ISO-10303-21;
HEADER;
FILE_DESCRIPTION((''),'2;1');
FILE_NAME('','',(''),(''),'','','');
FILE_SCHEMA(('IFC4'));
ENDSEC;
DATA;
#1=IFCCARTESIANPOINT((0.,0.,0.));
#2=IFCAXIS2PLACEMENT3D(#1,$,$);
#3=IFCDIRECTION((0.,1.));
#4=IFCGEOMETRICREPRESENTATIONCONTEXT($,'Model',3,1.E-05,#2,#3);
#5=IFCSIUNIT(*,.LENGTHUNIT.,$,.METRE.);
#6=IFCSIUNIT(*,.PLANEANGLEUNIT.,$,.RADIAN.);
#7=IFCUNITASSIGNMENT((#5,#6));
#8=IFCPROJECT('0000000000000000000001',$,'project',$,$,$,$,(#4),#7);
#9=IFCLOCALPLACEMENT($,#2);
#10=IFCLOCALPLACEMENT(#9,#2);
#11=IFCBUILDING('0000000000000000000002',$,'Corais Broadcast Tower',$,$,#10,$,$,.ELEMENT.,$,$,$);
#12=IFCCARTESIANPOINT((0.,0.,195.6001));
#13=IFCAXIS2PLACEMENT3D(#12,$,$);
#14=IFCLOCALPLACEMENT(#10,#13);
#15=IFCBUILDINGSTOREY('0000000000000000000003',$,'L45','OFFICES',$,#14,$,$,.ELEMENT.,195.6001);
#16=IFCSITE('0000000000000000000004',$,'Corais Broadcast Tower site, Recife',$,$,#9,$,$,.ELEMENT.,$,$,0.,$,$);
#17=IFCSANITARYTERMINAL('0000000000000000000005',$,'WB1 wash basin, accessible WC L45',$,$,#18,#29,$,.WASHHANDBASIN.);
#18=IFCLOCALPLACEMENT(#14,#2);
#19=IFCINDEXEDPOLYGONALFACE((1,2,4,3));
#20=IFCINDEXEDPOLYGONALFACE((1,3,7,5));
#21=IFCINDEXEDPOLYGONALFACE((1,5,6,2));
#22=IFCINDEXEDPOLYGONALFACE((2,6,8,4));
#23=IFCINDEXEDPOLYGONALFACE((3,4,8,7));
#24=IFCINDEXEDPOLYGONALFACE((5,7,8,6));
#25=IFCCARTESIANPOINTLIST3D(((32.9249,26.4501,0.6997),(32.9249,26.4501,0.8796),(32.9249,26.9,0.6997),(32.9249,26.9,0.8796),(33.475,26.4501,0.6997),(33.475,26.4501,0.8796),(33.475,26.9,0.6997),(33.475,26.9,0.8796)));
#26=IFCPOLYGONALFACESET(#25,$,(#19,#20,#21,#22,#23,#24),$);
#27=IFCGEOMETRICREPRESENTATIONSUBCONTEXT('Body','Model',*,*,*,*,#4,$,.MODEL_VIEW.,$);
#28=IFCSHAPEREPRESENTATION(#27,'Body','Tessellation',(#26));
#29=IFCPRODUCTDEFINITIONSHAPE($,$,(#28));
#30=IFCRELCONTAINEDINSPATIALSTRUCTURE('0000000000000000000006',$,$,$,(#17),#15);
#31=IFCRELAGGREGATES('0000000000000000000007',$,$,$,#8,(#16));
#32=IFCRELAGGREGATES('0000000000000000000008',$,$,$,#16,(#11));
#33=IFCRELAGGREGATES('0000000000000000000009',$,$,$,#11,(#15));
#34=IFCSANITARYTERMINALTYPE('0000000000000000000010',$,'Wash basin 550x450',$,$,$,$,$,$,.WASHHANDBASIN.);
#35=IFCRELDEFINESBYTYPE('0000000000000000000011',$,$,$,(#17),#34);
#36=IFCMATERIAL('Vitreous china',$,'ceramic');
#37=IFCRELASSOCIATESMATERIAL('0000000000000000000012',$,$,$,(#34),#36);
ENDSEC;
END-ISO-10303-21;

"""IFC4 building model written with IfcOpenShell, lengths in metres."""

from ifc_helpers import new_model, si_unit, direction, frame, origin, origin_2d, place, context, subcontext, project, spatial, rectangle, extrude, material, type_object, element, save


model = new_model("IFC4")

# Units and contexts
model_context = context("Model", 3, precision=1e-05, world=origin(), true_north=direction((0.0, 1.0)))
body_context = subcontext(model_context, "Body", "Model", "MODEL_VIEW")
ifc_project = project(units=[si_unit("LENGTHUNIT", "METRE"), si_unit("PLANEANGLEUNIT", "RADIAN")], contexts=[model_context])

# Site, building, storey
site_placement = place(None, origin())
site = spatial("IfcSite", under=ifc_project, at=site_placement, Name="Corais Broadcast Tower site, Recife", CompositionType="ELEMENT", RefElevation=0.0)
building_placement = place(site_placement, origin())
building = spatial("IfcBuilding", under=site, at=building_placement, Name="Corais Broadcast Tower", CompositionType="ELEMENT")
storey_placement = place(building_placement, frame((0.0, 0.0, 195.6001)))
storey = spatial("IfcBuildingStorey", under=building, at=storey_placement, Name="L45", Description="OFFICES", CompositionType="ELEMENT", Elevation=195.6001)

# Sanitary terminal
ifc_material_1 = material(Name="Vitreous china", Category="ceramic")
sanitary_terminal_type_1 = type_object("IfcSanitaryTerminalType", Name="Wash basin 550x450", PredefinedType="WASHHANDBASIN", material=ifc_material_1)
sanitary_terminal_placement = place(storey_placement, frame((33.2, 26.675, 0.6997), z_axis=(0.0, 0.0, 1.0), x_axis=(1.0, 0.0, 0.0)))
element("IfcSanitaryTerminal", 1, at=sanitary_terminal_placement, inside=storey, type_object=sanitary_terminal_type_1, Name="WB1 wash basin, accessible WC L45", PredefinedType="WASHHANDBASIN", context=body_context, shape_type="SweptSolid", body=[
    extrude(rectangle(XDim=0.55, YDim=0.45, at=origin_2d()), origin(), (0.0, 0.0, 1.0), 0.1799),
])

save(model, "model.ifc")
